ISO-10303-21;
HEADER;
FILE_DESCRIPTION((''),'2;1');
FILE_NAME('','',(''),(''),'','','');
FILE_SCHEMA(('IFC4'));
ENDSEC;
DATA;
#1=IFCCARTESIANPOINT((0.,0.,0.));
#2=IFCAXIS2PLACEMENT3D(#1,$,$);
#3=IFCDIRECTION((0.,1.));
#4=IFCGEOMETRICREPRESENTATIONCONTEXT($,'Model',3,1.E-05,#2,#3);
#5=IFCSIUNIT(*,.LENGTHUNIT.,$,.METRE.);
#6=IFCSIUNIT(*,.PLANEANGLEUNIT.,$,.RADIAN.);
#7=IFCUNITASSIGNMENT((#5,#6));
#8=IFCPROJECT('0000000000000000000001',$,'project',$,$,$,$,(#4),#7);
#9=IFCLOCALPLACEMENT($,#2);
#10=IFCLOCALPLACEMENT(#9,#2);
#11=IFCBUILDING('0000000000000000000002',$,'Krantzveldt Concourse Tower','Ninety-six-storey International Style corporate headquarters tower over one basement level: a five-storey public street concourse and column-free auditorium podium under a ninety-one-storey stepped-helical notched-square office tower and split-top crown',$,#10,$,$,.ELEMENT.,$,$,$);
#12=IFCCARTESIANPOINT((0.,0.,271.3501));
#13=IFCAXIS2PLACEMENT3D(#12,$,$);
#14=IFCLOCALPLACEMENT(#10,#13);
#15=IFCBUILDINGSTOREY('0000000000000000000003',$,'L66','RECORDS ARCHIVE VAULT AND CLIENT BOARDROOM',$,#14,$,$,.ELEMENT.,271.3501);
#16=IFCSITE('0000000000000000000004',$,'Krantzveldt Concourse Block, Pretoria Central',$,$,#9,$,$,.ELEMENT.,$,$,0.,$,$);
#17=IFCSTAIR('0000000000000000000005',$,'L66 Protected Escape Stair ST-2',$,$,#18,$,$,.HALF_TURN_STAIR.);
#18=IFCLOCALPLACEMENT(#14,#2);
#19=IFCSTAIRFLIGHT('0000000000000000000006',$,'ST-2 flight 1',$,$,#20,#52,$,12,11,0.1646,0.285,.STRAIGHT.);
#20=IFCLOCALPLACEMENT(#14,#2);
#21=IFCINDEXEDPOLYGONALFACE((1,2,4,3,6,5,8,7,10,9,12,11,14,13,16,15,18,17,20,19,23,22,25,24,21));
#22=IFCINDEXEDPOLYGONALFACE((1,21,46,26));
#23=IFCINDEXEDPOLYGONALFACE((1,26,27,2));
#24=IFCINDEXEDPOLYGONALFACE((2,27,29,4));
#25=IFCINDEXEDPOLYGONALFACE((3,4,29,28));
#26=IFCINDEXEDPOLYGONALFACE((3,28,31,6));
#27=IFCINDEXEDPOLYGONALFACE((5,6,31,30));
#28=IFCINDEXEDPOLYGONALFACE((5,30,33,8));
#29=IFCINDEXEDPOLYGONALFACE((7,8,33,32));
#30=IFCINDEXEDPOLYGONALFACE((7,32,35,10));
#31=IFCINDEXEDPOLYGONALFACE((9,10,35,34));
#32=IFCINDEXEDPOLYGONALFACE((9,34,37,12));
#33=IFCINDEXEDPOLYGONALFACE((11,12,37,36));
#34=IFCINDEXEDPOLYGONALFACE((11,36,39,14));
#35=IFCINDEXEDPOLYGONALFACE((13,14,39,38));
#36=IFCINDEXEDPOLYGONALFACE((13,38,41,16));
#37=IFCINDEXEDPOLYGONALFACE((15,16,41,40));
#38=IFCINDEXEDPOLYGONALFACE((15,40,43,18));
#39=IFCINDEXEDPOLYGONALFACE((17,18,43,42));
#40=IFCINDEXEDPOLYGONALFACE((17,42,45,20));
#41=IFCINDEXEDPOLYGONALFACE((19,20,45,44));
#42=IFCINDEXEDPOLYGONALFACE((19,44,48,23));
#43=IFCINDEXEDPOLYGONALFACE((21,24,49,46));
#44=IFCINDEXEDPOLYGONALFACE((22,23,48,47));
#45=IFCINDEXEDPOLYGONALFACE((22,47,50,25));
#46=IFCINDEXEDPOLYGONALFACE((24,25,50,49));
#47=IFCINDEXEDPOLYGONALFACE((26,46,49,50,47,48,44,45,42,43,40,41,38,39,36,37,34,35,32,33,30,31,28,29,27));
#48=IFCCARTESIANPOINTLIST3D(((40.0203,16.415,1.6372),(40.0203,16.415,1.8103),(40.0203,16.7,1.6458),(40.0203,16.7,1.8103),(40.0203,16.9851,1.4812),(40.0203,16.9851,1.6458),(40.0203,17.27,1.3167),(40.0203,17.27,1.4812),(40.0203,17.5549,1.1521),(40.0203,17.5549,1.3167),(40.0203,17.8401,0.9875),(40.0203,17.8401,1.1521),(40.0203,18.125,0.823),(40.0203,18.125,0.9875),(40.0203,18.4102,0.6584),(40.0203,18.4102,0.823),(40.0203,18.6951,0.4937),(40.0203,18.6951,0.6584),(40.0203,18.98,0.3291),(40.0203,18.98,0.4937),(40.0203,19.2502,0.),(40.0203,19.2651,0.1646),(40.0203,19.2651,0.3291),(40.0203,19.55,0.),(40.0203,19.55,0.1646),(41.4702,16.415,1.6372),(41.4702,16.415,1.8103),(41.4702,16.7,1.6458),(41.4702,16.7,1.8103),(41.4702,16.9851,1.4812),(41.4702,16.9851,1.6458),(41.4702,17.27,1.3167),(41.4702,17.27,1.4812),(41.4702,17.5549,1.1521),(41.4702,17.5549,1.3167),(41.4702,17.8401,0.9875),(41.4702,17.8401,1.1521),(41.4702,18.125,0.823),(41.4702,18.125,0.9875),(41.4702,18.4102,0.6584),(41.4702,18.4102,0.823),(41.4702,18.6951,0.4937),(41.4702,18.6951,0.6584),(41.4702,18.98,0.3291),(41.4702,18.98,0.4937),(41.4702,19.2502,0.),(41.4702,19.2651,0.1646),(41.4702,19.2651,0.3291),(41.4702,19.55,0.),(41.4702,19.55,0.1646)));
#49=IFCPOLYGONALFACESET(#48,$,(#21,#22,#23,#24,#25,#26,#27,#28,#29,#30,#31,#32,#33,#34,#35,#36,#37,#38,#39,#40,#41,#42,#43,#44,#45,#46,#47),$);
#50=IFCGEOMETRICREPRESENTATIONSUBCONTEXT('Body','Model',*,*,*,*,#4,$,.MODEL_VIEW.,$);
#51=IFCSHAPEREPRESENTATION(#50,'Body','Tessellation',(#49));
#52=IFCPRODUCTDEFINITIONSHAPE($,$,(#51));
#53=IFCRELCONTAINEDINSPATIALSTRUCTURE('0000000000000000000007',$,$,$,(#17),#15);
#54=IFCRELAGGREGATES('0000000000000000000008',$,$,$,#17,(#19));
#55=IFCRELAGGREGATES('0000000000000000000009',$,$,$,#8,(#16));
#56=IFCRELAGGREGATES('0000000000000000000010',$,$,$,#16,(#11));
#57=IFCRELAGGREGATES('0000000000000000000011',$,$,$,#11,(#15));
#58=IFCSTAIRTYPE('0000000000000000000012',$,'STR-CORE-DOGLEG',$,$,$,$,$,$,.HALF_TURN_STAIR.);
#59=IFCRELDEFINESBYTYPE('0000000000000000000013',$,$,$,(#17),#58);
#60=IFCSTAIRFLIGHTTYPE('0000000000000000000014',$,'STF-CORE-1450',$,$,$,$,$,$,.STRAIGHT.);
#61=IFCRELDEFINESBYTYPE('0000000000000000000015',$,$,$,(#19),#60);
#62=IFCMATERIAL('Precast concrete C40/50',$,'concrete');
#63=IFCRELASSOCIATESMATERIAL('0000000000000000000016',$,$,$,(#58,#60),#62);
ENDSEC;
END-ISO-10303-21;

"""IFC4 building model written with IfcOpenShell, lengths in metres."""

from ifc_helpers import new_model, si_unit, direction, frame, origin, place, context, subcontext, project, spatial, polyline, outline, extrude, material, type_object, element, aggregate, save


model = new_model("IFC4")

# Units and contexts
model_context = context("Model", 3, precision=1e-05, world=origin(), true_north=direction((0.0, 1.0)))
body_context = subcontext(model_context, "Body", "Model", "MODEL_VIEW")
ifc_project = project(units=[si_unit("LENGTHUNIT", "METRE"), si_unit("PLANEANGLEUNIT", "RADIAN")], contexts=[model_context])

# Site, building, storey
site_placement = place(None, origin())
site = spatial("IfcSite", under=ifc_project, at=site_placement, Name="Krantzveldt Concourse Block, Pretoria Central", CompositionType="ELEMENT", RefElevation=0.0)
building_placement = place(site_placement, origin())
building = spatial("IfcBuilding", under=site, at=building_placement, Name="Krantzveldt Concourse Tower", Description="Ninety-six-storey International Style corporate headquarters tower over one basement level: a five-storey public street concourse and column-free auditorium podium under a ninety-one-storey stepped-helical notched-square office tower and split-top crown", CompositionType="ELEMENT")
storey_placement = place(building_placement, frame((0.0, 0.0, 271.3501)))
storey = spatial("IfcBuildingStorey", under=building, at=storey_placement, Name="L66", Description="RECORDS ARCHIVE VAULT AND CLIENT BOARDROOM", CompositionType="ELEMENT", Elevation=271.3501)

# Stair, stair flight
ifc_material_1 = material(Name="Precast concrete C40/50", Category="concrete")
stair_type = type_object("IfcStairType", Name="STR-CORE-DOGLEG", PredefinedType="HALF_TURN_STAIR", material=ifc_material_1)
stair_placement = place(storey_placement, origin())
stair = element("IfcStair", 1, at=stair_placement, inside=storey, type_object=stair_type, Name="L66 Protected Escape Stair ST-2", PredefinedType="HALF_TURN_STAIR")
stair_flight_type = type_object("IfcStairFlightType", Name="STF-CORE-1450", PredefinedType="STRAIGHT", material=ifc_material_1)
stair_flight_placement = place(storey_placement, frame((40.7451, 19.55, 0.0), z_axis=(0.0, 0.0, 1.0), x_axis=(0.0, -1.0, 0.0)))
stair_flight = element("IfcStairFlight", 2, at=stair_flight_placement, type_object=stair_flight_type, Name="ST-2 flight 1", NumberOfRisers=12, NumberOfTreads=11, PredefinedType="STRAIGHT", RiserHeight=0.1646, TreadLength=0.285, context=body_context, shape_type="SweptSolid", body=[
    extrude(outline(polyline([(0.0, 0.0), (0.0, 0.1646), (0.2849, 0.1646), (0.2849, 0.3291), (0.5701, 0.3291), (0.5701, 0.4937), (0.855, 0.4937), (0.855, 0.6584), (1.1399, 0.6584), (1.1399, 0.823), (1.425, 0.823), (1.425, 0.9875), (1.71, 0.9875), (1.71, 1.1521), (1.9951, 1.1521), (1.9951, 1.3167), (2.28, 1.3167), (2.28, 1.4812), (2.5649, 1.4812), (2.5649, 1.6458), (2.8501, 1.6458), (2.8501, 1.8103), (3.135, 1.8103), (3.135, 1.9751), (3.135, 1.6372), (0.2998, 0.0), (0.0, 0.0)])), frame((0.0, 0.7251, 0.0), z_axis=(0.0, -1.0, 0.0), x_axis=(1.0, 0.0, 0.0)), (0.0, 0.0, 1.0), 1.45),
])
aggregate(stair, [stair_flight])

save(model, "model.ifc")
